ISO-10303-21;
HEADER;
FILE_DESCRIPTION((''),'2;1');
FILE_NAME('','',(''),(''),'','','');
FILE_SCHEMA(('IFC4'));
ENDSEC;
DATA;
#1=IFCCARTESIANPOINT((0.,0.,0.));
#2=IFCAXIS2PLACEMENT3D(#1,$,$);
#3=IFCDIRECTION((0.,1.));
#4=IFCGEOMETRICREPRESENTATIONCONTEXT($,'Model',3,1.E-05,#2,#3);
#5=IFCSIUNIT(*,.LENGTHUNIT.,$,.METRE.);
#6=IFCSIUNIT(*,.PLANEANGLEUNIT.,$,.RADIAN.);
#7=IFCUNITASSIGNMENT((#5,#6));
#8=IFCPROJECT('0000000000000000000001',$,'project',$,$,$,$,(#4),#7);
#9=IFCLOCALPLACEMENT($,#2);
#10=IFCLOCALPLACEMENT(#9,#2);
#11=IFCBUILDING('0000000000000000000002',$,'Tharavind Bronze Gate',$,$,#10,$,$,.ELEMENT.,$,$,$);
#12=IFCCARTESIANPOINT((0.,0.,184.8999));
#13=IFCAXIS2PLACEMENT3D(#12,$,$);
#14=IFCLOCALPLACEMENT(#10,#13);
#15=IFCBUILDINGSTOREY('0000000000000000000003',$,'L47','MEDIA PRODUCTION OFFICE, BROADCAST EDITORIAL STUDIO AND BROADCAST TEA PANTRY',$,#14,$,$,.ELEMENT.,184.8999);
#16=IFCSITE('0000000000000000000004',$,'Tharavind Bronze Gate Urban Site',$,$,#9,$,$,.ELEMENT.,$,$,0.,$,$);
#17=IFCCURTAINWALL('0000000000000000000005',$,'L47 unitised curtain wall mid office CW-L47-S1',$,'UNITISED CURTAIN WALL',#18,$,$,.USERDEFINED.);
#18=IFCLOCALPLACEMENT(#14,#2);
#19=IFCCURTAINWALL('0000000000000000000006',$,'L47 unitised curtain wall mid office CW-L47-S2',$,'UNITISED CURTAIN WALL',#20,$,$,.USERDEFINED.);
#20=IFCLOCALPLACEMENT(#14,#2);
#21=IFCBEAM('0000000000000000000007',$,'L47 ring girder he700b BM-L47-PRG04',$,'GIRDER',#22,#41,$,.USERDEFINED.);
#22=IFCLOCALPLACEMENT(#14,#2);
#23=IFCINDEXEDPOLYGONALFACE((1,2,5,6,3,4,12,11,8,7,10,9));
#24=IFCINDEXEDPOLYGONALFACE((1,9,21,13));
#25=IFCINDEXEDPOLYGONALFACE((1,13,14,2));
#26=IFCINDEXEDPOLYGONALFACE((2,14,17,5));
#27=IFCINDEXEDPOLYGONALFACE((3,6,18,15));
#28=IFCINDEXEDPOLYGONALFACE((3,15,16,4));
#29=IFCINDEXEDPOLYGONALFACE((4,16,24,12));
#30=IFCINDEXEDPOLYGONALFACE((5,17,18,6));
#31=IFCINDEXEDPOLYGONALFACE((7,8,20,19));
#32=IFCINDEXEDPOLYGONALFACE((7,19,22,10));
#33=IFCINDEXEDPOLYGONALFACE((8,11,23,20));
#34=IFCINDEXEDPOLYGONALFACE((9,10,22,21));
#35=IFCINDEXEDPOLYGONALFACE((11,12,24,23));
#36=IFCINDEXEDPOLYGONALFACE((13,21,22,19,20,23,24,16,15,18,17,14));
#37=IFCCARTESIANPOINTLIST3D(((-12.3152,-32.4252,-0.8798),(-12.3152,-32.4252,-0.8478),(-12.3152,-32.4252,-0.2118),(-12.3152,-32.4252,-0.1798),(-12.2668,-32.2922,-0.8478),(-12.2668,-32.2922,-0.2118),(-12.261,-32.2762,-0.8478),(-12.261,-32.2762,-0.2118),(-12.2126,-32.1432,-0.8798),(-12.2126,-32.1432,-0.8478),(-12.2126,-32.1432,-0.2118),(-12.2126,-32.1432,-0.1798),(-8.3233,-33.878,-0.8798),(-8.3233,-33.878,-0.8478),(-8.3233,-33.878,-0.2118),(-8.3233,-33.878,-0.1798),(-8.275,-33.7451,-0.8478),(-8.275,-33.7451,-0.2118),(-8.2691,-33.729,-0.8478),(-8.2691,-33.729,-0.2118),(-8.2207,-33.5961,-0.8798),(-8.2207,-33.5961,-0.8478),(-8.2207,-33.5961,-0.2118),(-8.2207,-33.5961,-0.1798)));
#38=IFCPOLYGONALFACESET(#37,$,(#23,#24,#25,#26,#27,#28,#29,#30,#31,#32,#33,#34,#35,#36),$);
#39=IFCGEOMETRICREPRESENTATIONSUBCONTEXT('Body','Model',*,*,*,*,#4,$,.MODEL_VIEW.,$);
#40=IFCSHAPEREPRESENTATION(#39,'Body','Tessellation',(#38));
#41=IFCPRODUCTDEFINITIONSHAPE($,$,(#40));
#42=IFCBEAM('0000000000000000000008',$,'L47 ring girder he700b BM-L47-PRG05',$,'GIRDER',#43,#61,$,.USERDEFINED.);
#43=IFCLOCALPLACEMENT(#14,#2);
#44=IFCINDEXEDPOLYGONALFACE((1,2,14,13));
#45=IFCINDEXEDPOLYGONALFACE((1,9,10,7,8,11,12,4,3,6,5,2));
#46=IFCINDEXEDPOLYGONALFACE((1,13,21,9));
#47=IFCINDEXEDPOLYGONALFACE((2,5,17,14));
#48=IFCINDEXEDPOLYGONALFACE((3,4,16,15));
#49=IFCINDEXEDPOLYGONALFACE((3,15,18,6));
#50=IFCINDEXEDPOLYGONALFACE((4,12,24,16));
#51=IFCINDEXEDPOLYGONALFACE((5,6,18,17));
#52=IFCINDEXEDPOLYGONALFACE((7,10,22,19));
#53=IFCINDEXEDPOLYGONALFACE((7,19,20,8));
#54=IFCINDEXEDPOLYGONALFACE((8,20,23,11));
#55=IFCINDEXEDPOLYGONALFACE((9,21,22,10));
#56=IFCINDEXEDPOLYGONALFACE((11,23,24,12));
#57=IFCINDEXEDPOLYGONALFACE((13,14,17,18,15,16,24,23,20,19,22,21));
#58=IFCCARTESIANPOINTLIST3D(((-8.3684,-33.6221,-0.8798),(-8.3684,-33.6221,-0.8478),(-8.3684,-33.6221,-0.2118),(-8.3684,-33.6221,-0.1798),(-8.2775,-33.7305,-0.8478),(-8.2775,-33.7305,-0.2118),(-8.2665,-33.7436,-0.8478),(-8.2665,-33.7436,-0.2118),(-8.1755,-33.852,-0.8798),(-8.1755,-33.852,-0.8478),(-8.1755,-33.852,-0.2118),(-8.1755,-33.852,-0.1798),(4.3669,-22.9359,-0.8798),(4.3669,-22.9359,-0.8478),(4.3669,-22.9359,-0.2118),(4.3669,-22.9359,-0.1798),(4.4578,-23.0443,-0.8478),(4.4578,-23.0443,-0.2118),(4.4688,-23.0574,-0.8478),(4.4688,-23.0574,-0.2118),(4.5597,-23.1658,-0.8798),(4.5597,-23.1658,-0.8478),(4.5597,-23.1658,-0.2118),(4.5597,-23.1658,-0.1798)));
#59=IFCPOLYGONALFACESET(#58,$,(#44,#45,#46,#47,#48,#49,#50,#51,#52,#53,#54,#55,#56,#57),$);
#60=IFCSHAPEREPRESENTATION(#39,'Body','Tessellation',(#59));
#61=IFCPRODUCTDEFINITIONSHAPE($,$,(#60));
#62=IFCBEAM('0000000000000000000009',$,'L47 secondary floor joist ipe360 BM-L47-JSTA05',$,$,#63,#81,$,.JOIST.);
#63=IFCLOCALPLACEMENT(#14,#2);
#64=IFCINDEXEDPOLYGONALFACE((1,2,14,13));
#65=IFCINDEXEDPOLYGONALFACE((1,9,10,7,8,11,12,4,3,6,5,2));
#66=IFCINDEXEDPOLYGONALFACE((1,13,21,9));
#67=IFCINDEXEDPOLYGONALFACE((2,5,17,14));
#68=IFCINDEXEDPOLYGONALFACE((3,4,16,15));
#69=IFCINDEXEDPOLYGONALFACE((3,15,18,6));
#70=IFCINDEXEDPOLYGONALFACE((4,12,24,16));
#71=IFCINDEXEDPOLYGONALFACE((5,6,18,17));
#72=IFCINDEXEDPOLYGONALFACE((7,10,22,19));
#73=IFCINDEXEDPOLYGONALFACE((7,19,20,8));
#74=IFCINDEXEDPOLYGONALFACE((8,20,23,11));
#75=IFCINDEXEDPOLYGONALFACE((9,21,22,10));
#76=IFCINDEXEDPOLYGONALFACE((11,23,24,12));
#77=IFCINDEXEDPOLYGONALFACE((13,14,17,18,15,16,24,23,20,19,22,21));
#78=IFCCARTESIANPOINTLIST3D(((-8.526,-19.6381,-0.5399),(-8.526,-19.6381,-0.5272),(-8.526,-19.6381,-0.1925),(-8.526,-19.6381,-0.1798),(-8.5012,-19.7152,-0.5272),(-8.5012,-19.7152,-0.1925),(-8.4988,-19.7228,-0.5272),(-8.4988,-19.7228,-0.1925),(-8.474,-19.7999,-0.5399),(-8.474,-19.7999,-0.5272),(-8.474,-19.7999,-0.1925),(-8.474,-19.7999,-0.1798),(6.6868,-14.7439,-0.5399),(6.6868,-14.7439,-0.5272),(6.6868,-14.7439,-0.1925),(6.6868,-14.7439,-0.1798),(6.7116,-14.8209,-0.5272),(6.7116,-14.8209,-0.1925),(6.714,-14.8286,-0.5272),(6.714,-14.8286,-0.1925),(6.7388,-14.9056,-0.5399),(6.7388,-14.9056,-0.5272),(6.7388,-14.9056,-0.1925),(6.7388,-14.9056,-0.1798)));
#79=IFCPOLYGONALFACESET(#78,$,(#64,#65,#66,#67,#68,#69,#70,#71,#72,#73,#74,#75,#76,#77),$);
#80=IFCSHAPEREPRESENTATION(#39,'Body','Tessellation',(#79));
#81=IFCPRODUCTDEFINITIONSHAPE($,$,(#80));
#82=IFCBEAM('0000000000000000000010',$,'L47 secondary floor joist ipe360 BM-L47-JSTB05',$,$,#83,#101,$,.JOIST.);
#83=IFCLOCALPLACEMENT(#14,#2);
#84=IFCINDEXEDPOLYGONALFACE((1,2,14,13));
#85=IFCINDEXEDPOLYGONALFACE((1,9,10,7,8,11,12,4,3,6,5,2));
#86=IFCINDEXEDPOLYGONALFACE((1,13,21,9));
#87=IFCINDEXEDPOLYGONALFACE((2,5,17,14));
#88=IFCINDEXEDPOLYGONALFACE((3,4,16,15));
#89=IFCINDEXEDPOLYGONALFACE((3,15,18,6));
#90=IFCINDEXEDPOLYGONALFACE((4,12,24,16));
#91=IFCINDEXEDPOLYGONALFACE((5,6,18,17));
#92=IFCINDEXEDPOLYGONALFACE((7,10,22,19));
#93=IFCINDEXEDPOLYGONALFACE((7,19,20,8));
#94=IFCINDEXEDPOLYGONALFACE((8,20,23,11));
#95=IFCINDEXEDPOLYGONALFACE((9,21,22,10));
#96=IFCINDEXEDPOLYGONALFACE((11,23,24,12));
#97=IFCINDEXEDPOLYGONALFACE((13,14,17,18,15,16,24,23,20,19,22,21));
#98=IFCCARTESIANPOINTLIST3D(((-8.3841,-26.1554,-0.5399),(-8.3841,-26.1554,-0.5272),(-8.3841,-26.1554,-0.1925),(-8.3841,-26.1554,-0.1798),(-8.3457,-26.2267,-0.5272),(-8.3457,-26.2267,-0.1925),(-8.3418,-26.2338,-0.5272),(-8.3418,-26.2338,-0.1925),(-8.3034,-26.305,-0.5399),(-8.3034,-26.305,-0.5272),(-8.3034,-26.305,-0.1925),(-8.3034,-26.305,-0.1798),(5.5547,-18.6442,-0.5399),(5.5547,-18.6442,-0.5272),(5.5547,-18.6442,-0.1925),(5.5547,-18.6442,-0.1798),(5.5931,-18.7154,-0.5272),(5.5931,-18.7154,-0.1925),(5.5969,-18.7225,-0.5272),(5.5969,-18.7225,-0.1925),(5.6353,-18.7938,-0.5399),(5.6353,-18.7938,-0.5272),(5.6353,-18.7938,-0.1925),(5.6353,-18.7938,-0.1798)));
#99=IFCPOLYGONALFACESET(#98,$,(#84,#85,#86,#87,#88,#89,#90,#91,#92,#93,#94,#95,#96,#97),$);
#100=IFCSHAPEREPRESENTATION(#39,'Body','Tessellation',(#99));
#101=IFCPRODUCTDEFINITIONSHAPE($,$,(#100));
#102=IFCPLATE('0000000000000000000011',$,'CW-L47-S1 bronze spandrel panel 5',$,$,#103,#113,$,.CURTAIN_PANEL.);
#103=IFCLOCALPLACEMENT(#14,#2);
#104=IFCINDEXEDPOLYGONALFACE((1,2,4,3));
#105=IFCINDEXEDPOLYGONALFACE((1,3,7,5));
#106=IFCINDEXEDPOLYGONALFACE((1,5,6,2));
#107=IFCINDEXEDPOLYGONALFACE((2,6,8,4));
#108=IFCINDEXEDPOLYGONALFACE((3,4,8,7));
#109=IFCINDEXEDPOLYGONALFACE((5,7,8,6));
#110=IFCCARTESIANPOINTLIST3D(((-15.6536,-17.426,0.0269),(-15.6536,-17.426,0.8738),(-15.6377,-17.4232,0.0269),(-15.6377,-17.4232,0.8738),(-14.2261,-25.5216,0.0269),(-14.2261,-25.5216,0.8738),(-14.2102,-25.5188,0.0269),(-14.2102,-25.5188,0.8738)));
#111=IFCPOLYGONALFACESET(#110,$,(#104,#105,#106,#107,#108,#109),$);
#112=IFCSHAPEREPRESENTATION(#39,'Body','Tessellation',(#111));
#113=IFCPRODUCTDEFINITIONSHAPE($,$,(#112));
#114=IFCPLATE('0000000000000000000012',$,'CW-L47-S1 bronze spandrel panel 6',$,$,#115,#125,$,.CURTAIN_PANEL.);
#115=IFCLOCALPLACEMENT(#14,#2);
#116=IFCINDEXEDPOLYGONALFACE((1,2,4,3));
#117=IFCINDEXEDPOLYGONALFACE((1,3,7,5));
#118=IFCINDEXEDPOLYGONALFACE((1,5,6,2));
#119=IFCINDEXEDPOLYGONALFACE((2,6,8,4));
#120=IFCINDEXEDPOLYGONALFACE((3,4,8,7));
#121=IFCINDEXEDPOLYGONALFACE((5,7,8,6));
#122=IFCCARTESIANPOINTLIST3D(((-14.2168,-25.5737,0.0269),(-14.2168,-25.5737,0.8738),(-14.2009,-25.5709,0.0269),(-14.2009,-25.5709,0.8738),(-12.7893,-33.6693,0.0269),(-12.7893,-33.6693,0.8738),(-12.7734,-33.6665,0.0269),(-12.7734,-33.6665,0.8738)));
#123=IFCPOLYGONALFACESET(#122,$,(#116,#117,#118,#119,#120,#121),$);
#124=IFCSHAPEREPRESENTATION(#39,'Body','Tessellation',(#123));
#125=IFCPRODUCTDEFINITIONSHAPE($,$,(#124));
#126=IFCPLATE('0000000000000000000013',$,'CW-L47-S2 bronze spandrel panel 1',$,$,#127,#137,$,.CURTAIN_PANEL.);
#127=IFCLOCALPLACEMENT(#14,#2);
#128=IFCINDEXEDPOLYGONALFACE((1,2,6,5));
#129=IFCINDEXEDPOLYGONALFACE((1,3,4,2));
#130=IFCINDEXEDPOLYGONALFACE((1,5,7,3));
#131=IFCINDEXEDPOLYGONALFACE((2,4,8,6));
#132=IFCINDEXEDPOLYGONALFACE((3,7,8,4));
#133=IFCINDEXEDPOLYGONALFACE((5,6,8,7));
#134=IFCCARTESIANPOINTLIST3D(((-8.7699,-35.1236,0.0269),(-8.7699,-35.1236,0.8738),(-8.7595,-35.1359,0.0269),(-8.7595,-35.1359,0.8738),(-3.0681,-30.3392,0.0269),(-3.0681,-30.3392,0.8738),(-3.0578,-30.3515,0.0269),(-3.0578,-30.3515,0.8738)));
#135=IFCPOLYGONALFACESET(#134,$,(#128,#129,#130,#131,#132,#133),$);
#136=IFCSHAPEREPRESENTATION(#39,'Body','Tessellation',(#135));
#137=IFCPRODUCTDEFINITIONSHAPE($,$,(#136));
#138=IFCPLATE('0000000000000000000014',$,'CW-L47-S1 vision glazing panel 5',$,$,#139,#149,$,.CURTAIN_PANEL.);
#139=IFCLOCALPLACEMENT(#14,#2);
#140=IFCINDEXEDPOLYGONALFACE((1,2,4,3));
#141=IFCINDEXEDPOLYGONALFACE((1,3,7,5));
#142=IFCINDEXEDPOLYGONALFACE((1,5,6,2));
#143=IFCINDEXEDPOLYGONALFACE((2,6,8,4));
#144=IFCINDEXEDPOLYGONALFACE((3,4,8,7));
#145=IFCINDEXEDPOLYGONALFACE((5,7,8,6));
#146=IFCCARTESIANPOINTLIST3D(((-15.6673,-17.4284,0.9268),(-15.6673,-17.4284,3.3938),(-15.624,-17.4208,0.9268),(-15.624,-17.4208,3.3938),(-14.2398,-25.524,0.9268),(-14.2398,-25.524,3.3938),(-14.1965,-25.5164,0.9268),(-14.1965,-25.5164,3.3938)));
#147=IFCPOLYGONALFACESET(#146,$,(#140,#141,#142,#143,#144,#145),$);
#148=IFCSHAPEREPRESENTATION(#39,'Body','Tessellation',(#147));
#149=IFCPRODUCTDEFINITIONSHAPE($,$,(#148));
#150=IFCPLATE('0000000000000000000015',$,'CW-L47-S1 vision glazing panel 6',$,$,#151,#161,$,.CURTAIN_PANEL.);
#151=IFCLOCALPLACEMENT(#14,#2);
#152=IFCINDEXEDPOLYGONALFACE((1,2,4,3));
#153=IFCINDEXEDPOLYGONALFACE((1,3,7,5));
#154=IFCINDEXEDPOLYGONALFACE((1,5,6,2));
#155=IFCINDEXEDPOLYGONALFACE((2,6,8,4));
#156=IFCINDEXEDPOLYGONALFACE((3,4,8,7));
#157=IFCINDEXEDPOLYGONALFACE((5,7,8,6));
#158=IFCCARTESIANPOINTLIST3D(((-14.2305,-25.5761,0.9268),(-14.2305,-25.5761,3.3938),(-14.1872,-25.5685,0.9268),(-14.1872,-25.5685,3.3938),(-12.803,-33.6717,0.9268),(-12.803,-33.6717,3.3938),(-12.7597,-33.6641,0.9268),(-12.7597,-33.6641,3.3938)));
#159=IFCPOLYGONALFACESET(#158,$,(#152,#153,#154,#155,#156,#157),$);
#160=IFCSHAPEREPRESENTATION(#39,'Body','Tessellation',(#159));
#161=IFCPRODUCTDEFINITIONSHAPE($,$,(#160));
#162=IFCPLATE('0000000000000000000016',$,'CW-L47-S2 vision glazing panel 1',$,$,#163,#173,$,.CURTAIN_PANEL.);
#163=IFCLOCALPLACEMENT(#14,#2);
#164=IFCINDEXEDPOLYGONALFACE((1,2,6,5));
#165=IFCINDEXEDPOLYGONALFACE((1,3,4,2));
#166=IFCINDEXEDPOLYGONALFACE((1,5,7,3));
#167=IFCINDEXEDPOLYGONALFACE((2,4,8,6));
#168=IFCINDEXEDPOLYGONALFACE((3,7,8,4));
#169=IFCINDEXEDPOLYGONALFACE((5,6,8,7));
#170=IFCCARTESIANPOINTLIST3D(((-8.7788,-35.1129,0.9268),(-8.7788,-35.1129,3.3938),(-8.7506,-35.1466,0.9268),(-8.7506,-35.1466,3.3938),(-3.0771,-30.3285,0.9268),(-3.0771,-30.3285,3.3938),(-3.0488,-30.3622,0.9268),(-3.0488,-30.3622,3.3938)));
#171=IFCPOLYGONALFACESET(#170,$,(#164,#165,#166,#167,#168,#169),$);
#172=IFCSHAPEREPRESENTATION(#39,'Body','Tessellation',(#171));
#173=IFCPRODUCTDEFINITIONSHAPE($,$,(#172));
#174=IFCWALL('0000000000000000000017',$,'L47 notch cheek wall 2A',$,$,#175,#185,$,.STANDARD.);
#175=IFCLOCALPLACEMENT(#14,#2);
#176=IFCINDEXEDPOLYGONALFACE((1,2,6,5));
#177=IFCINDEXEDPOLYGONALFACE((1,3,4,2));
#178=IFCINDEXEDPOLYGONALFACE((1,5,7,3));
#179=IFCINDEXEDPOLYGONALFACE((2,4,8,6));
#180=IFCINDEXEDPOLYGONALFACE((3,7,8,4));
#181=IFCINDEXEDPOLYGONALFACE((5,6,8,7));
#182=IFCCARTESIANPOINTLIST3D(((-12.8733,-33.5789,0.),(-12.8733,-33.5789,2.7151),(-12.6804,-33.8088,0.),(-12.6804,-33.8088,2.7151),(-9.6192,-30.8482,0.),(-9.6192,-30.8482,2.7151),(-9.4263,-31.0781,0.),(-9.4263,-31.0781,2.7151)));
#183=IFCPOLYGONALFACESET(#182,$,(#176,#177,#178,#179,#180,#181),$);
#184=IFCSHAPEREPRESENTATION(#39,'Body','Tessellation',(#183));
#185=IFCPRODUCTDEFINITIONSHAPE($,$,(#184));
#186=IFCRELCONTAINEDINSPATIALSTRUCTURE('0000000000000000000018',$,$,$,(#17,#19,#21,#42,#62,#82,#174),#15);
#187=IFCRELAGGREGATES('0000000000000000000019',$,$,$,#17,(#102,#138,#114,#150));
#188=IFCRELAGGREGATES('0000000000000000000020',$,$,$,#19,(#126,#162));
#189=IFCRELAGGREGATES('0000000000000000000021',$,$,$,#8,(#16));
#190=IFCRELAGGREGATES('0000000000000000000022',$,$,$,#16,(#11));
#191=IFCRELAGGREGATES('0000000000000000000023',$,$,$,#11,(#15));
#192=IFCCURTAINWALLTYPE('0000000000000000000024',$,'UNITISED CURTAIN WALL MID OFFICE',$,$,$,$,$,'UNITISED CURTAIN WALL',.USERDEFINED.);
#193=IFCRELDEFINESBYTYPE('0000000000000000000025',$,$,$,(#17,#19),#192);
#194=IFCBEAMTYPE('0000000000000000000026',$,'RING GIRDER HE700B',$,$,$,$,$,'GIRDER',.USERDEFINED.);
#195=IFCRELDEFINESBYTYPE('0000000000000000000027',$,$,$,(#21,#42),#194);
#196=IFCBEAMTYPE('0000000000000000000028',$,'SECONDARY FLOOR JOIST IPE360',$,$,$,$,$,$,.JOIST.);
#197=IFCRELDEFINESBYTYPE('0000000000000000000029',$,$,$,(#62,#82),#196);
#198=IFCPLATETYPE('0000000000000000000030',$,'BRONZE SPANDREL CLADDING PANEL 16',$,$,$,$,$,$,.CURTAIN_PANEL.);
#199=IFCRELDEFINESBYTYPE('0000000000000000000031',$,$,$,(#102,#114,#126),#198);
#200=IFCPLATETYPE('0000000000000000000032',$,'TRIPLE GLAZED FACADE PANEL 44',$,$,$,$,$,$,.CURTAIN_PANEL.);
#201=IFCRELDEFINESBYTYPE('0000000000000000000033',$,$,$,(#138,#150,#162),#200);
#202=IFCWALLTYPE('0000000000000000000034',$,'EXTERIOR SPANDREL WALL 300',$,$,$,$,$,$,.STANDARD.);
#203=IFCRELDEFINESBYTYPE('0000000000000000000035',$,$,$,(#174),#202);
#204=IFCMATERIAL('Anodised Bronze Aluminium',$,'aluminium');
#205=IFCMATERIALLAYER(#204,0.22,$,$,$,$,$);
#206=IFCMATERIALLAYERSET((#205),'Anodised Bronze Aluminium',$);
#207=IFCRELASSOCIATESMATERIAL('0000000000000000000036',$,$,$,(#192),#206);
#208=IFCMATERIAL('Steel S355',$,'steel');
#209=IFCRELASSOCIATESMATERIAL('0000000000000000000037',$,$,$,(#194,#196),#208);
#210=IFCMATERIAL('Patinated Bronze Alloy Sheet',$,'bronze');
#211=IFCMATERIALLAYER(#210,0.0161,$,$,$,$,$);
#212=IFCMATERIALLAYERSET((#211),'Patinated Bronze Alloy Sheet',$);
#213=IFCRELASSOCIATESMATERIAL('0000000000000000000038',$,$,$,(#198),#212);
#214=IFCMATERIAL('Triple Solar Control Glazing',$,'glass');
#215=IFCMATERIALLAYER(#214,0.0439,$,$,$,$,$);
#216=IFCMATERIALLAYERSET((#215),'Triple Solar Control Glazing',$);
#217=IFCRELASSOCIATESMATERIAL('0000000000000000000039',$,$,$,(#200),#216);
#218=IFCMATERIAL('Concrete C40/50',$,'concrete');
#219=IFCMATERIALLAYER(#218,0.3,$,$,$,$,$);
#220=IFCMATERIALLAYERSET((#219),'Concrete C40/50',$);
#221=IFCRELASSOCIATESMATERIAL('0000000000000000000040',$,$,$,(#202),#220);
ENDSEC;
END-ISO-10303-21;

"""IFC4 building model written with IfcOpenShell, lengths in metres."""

from ifc_helpers import new_model, si_unit, direction, frame, frame_2d, origin, origin_2d, place, context, subcontext, project, spatial, rectangle, i_section, extrude, material, layer, layer_set, material_profile, profile_set, type_object, element, aggregate, save


model = new_model("IFC4")

# Units and contexts
model_context = context("Model", 3, precision=1e-05, world=origin(), true_north=direction((0.0, 1.0)))
body_context = subcontext(model_context, "Body", "Model", "MODEL_VIEW")
ifc_project = project(units=[si_unit("LENGTHUNIT", "METRE"), si_unit("PLANEANGLEUNIT", "RADIAN")], contexts=[model_context])

# Site, building, storey
site_placement = place(None, origin())
site = spatial("IfcSite", under=ifc_project, at=site_placement, Name="Tharavind Bronze Gate Urban Site", CompositionType="ELEMENT", RefElevation=0.0)
building_placement = place(site_placement, origin())
building = spatial("IfcBuilding", under=site, at=building_placement, Name="Tharavind Bronze Gate", CompositionType="ELEMENT")
storey_placement = place(building_placement, frame((0.0, 0.0, 184.8999)))
storey = spatial("IfcBuildingStorey", under=building, at=storey_placement, Name="L47", Description="MEDIA PRODUCTION OFFICE, BROADCAST EDITORIAL STUDIO AND BROADCAST TEA PANTRY", CompositionType="ELEMENT", Elevation=184.8999)

# Curtain walls
ifc_material_1 = material(Name="Anodised Bronze Aluminium", Category="aluminium")
ifc_layer_1 = layer(ifc_material_1, 0.22)
ifc_layer_set_1 = layer_set([ifc_layer_1], Name="Anodised Bronze Aluminium")
curtain_wall_type = type_object("IfcCurtainWallType", Name="UNITISED CURTAIN WALL MID OFFICE", ElementType="UNITISED CURTAIN WALL", PredefinedType="USERDEFINED", material=ifc_layer_set_1)
curtain_wall_1_placement = place(storey_placement, origin())
curtain_wall_1 = element("IfcCurtainWall", 1, at=curtain_wall_1_placement, inside=storey, type_object=curtain_wall_type, Name="L47 unitised curtain wall mid office CW-L47-S1", ObjectType="UNITISED CURTAIN WALL", PredefinedType="USERDEFINED")
curtain_wall_2_placement = place(storey_placement, origin())
curtain_wall_2 = element("IfcCurtainWall", 2, at=curtain_wall_2_placement, inside=storey, type_object=curtain_wall_type, Name="L47 unitised curtain wall mid office CW-L47-S2", ObjectType="UNITISED CURTAIN WALL", PredefinedType="USERDEFINED")

# Beams
ifc_material_2 = material(Name="Steel S355", Category="steel")
ifc_material_profile_1 = material_profile(ifc_material_2, i_section(OverallWidth=0.3, OverallDepth=0.7, WebThickness=0.0171, FlangeThickness=0.032, at=origin_2d()), Name="HE700B")
ifc_profile_set_1 = profile_set([ifc_material_profile_1], Name="Steel S355")
beam_type_1 = type_object("IfcBeamType", Name="RING GIRDER HE700B", ElementType="GIRDER", PredefinedType="USERDEFINED", material=ifc_profile_set_1)
beam_1_placement = place(storey_placement, frame((-12.2639, -32.2842, -0.5298), z_axis=(0.939698, -0.342006, 0.0), x_axis=(0.342006, 0.939698, 0.0)))
element("IfcBeam", 3, at=beam_1_placement, inside=storey, type_object=beam_type_1, Name="L47 ring girder he700b BM-L47-PRG04", ObjectType="GIRDER", PredefinedType="USERDEFINED", context=body_context, shape_type="SweptSolid", body=[
    extrude(i_section(OverallWidth=0.3, OverallDepth=0.7, WebThickness=0.0171, FlangeThickness=0.032, at=origin_2d()), origin(), (0.0, 0.0, 1.0), 4.248),
])
beam_2_placement = place(storey_placement, frame((-8.272, -33.7371, -0.5298), z_axis=(0.766043, 0.642789, 0.0), x_axis=(-0.642789, 0.766043, 0.0)))
element("IfcBeam", 4, at=beam_2_placement, inside=storey, type_object=beam_type_1, Name="L47 ring girder he700b BM-L47-PRG05", ObjectType="GIRDER", PredefinedType="USERDEFINED", context=body_context, shape_type="SweptSolid", body=[
    extrude(i_section(OverallWidth=0.3, OverallDepth=0.7, WebThickness=0.0171, FlangeThickness=0.032, at=origin_2d()), origin(), (0.0, 0.0, 1.0), 16.6248),
])
ifc_material_profile_2 = material_profile(ifc_material_2, i_section(OverallWidth=0.1699, OverallDepth=0.3601, WebThickness=0.0081, FlangeThickness=0.0127, at=origin_2d()), Name="IPE360")
ifc_profile_set_2 = profile_set([ifc_material_profile_2], Name="Steel S355")
beam_type_2 = type_object("IfcBeamType", Name="SECONDARY FLOOR JOIST IPE360", PredefinedType="JOIST", material=ifc_profile_set_2)
beam_3_placement = place(storey_placement, frame((-8.5, -19.719, -0.3599), z_axis=(0.951948, 0.30626, 0.0), x_axis=(-0.30626, 0.951948, 0.0)))
element("IfcBeam", 5, at=beam_3_placement, inside=storey, type_object=beam_type_2, Name="L47 secondary floor joist ipe360 BM-L47-JSTA05", PredefinedType="JOIST", context=body_context, shape_type="SweptSolid", body=[
    extrude(i_section(OverallWidth=0.1699, OverallDepth=0.3601, WebThickness=0.0081, FlangeThickness=0.0127, at=origin_2d()), origin(), (0.0, 0.0, 1.0), 15.9807),
])
beam_4_placement = place(storey_placement, frame((-8.3438, -26.2302, -0.3599), z_axis=(0.880319, 0.474382, 0.0), x_axis=(-0.474382, 0.880319, 0.0)))
element("IfcBeam", 6, at=beam_4_placement, inside=storey, type_object=beam_type_2, Name="L47 secondary floor joist ipe360 BM-L47-JSTB05", PredefinedType="JOIST", context=body_context, shape_type="SweptSolid", body=[
    extrude(i_section(OverallWidth=0.1699, OverallDepth=0.3601, WebThickness=0.0081, FlangeThickness=0.0127, at=origin_2d()), origin(), (0.0, 0.0, 1.0), 15.8337),
])

# Plates
ifc_material_3 = material(Name="Patinated Bronze Alloy Sheet", Category="bronze")
ifc_layer_2 = layer(ifc_material_3, 0.0161)
ifc_layer_set_2 = layer_set([ifc_layer_2], Name="Patinated Bronze Alloy Sheet")
plate_type_1 = type_object("IfcPlateType", Name="BRONZE SPANDREL CLADDING PANEL 16", PredefinedType="CURTAIN_PANEL", material=ifc_layer_set_2)
plate_1_placement = place(storey_placement, frame((-14.9319, -21.4724, 0.0269), z_axis=(0.0, 0.0, 1.0), x_axis=(0.173648, -0.984808, 0.0)))
plate_1 = element("IfcPlate", 7, at=plate_1_placement, type_object=plate_type_1, Name="CW-L47-S1 bronze spandrel panel 5", PredefinedType="CURTAIN_PANEL", context=body_context, shape_type="SweptSolid", body=[
    extrude(rectangle(XDim=8.2205, YDim=0.0161, at=origin_2d()), origin(), (0.0, 0.0, 1.0), 0.8469),
])
plate_2_placement = place(storey_placement, frame((-13.4951, -29.6201, 0.0269), z_axis=(0.0, 0.0, 1.0), x_axis=(0.173648, -0.984808, 0.0)))
plate_2 = element("IfcPlate", 8, at=plate_2_placement, type_object=plate_type_1, Name="CW-L47-S1 bronze spandrel panel 6", PredefinedType="CURTAIN_PANEL", context=body_context, shape_type="SweptSolid", body=[
    extrude(rectangle(XDim=8.2205, YDim=0.0161, at=origin_2d()), origin(), (0.0, 0.0, 1.0), 0.8469),
])
plate_3_placement = place(storey_placement, frame((-5.9138, -32.7375, 0.0269), z_axis=(0.0, 0.0, 1.0), x_axis=(0.766043, 0.642789, 0.0)))
plate_3 = element("IfcPlate", 9, at=plate_3_placement, type_object=plate_type_1, Name="CW-L47-S2 bronze spandrel panel 1", PredefinedType="CURTAIN_PANEL", context=body_context, shape_type="SweptSolid", body=[
    extrude(rectangle(XDim=7.4431, YDim=0.0161, at=origin_2d()), origin(), (0.0, 0.0, 1.0), 0.8469),
])
ifc_material_4 = material(Name="Triple Solar Control Glazing", Category="glass")
ifc_layer_3 = layer(ifc_material_4, 0.0439)
ifc_layer_set_3 = layer_set([ifc_layer_3], Name="Triple Solar Control Glazing")
plate_type_2 = type_object("IfcPlateType", Name="TRIPLE GLAZED FACADE PANEL 44", PredefinedType="CURTAIN_PANEL", material=ifc_layer_set_3)
plate_4_placement = place(storey_placement, frame((-14.9319, -21.4724, 0.9268), z_axis=(0.0, 0.0, 1.0), x_axis=(0.173648, -0.984808, 0.0)))
plate_4 = element("IfcPlate", 10, at=plate_4_placement, type_object=plate_type_2, Name="CW-L47-S1 vision glazing panel 5", PredefinedType="CURTAIN_PANEL", context=body_context, shape_type="SweptSolid", body=[
    extrude(rectangle(XDim=8.2205, YDim=0.0439, at=origin_2d()), origin(), (0.0, 0.0, 1.0), 2.467),
])
plate_5_placement = place(storey_placement, frame((-13.4951, -29.6201, 0.9268), z_axis=(0.0, 0.0, 1.0), x_axis=(0.173648, -0.984808, 0.0)))
plate_5 = element("IfcPlate", 11, at=plate_5_placement, type_object=plate_type_2, Name="CW-L47-S1 vision glazing panel 6", PredefinedType="CURTAIN_PANEL", context=body_context, shape_type="SweptSolid", body=[
    extrude(rectangle(XDim=8.2205, YDim=0.0439, at=origin_2d()), origin(), (0.0, 0.0, 1.0), 2.467),
])
aggregate(curtain_wall_1, [plate_1, plate_4, plate_2, plate_5])
plate_6_placement = place(storey_placement, frame((-5.9138, -32.7375, 0.9268), z_axis=(0.0, 0.0, 1.0), x_axis=(0.766043, 0.642789, 0.0)))
plate_6 = element("IfcPlate", 12, at=plate_6_placement, type_object=plate_type_2, Name="CW-L47-S2 vision glazing panel 1", PredefinedType="CURTAIN_PANEL", context=body_context, shape_type="SweptSolid", body=[
    extrude(rectangle(XDim=7.4431, YDim=0.0439, at=origin_2d()), origin(), (0.0, 0.0, 1.0), 2.467),
])
aggregate(curtain_wall_2, [plate_3, plate_6])

# Wall
ifc_material_5 = material(Name="Concrete C40/50", Category="concrete")
ifc_layer_4 = layer(ifc_material_5, 0.3)
ifc_layer_set_4 = layer_set([ifc_layer_4], Name="Concrete C40/50")
wall_type_1 = type_object("IfcWallType", Name="EXTERIOR SPANDREL WALL 300", PredefinedType="STANDARD", material=ifc_layer_set_4)
for number, where, z_axis, x_axis, name in (
    (13, (-12.7769, -33.6938, 0.0), (0.0, 0.0, 1.0), (0.766026, 0.642809, 0.0), "L47 notch cheek wall 2A"),
):
    element("IfcWall", number, at=place(storey_placement, frame(where, z_axis=z_axis, x_axis=x_axis)), inside=storey, type_object=wall_type_1, Name=name, PredefinedType="STANDARD", context=body_context, shape_type="SweptSolid", body=[
        extrude(rectangle(XDim=4.248, YDim=0.3, at=frame_2d((2.124, 0.0))), origin(), (0.0, 0.0, 1.0), 2.7151),
    ])

save(model, "model.ifc")
